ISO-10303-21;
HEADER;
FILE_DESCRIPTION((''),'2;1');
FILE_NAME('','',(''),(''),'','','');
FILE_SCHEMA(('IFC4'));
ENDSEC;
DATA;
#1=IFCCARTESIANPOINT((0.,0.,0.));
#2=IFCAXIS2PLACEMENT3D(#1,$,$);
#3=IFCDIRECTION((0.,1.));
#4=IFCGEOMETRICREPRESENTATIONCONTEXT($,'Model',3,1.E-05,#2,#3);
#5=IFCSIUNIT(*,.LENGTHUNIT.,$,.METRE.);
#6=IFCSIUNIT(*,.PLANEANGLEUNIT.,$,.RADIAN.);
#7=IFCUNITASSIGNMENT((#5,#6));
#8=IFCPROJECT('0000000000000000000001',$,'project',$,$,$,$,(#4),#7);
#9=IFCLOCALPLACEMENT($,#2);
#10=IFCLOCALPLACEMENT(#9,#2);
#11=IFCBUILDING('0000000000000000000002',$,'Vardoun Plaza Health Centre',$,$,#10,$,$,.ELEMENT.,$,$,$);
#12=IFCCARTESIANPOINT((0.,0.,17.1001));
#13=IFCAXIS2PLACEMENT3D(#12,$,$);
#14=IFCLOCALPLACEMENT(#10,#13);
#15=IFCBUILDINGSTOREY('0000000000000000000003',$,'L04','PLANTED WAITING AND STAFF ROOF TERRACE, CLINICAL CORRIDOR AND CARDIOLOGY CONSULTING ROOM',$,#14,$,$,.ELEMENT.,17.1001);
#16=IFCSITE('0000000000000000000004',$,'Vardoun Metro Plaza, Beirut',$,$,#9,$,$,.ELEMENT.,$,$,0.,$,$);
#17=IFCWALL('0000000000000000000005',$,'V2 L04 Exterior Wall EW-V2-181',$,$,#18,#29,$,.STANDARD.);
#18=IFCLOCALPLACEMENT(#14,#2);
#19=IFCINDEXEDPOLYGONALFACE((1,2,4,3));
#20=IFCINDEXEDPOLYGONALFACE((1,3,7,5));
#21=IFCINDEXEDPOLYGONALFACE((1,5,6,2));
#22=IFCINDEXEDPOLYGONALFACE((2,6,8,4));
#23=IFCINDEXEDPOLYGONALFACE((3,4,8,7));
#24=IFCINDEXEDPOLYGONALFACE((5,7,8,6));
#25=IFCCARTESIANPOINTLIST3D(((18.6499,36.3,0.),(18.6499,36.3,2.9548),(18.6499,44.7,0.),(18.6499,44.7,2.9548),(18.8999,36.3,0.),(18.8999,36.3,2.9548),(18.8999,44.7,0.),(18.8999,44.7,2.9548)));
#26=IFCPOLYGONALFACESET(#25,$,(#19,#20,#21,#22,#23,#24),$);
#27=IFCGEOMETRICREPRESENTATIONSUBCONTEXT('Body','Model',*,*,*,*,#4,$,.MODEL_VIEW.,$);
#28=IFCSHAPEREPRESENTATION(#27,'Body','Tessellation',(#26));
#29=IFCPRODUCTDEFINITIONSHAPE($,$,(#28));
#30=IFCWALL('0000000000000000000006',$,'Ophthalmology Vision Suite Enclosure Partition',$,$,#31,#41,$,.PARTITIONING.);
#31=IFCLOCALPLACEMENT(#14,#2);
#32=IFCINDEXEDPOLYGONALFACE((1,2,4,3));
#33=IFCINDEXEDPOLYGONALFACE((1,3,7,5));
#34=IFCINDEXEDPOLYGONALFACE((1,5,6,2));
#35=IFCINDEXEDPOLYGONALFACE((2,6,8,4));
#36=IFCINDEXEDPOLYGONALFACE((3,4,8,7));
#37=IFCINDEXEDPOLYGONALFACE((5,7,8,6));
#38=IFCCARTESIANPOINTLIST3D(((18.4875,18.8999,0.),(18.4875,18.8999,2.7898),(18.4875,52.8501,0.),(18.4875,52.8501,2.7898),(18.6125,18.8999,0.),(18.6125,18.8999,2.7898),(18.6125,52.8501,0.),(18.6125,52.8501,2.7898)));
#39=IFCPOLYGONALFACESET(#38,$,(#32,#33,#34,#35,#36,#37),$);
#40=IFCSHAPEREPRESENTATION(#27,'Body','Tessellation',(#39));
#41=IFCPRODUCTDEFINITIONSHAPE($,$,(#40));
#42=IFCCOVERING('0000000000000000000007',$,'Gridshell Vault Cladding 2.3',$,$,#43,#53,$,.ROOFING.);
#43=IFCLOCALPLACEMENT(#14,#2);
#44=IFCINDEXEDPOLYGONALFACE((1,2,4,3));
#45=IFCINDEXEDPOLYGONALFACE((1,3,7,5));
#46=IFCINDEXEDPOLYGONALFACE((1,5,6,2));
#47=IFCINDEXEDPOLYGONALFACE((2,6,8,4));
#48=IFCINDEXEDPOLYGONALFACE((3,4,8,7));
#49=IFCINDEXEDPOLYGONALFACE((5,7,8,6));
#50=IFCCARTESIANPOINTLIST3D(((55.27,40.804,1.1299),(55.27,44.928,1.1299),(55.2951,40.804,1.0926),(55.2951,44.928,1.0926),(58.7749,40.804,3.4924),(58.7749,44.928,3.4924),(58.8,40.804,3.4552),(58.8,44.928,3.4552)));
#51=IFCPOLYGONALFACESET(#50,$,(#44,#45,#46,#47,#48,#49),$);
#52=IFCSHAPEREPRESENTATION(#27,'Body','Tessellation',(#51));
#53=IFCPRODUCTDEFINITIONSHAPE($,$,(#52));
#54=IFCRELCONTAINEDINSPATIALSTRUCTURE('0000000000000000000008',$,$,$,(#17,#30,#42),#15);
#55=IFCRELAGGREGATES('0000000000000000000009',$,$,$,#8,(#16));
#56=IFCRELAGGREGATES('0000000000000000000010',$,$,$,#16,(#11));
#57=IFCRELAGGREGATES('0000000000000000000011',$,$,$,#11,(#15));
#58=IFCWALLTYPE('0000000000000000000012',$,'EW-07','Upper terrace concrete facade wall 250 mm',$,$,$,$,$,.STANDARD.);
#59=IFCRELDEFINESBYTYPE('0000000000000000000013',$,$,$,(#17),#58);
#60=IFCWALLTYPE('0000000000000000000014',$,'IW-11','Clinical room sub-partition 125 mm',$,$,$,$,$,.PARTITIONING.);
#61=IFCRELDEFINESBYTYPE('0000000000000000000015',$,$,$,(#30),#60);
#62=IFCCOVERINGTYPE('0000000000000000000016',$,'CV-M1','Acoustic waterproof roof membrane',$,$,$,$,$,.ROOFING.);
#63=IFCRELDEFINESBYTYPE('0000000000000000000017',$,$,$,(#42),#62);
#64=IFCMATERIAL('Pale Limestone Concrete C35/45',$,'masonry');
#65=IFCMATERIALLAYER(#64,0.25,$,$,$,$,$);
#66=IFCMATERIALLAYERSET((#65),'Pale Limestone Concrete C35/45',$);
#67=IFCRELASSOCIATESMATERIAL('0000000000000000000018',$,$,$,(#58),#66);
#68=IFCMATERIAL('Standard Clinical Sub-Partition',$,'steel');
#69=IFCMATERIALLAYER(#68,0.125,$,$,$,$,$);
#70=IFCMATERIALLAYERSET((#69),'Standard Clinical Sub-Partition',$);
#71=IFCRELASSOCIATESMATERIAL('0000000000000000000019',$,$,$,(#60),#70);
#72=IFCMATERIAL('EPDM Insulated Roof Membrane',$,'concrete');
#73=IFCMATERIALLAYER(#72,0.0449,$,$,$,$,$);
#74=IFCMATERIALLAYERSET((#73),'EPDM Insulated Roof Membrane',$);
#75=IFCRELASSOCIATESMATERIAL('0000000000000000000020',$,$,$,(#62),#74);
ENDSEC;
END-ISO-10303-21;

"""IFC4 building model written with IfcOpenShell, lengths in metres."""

from ifc_helpers import new_model, si_unit, direction, frame, frame_2d, origin, place, context, subcontext, project, spatial, polyline, rectangle, outline, extrude, material, layer, layer_set, type_object, element, save


model = new_model("IFC4")

# Units and contexts
model_context = context("Model", 3, precision=1e-05, world=origin(), true_north=direction((0.0, 1.0)))
body_context = subcontext(model_context, "Body", "Model", "MODEL_VIEW")
ifc_project = project(units=[si_unit("LENGTHUNIT", "METRE"), si_unit("PLANEANGLEUNIT", "RADIAN")], contexts=[model_context])

# Site, building, storey
site_placement = place(None, origin())
site = spatial("IfcSite", under=ifc_project, at=site_placement, Name="Vardoun Metro Plaza, Beirut", CompositionType="ELEMENT", RefElevation=0.0)
building_placement = place(site_placement, origin())
building = spatial("IfcBuilding", under=site, at=building_placement, Name="Vardoun Plaza Health Centre", CompositionType="ELEMENT")
storey_placement = place(building_placement, frame((0.0, 0.0, 17.1001)))
storey = spatial("IfcBuildingStorey", under=building, at=storey_placement, Name="L04", Description="PLANTED WAITING AND STAFF ROOF TERRACE, CLINICAL CORRIDOR AND CARDIOLOGY CONSULTING ROOM", CompositionType="ELEMENT", Elevation=17.1001)

# Walls
ifc_material_1 = material(Name="Pale Limestone Concrete C35/45", Category="masonry")
ifc_layer_1 = layer(ifc_material_1, 0.25)
ifc_layer_set_1 = layer_set([ifc_layer_1], Name="Pale Limestone Concrete C35/45")
wall_type_1 = type_object("IfcWallType", Name="EW-07", Description="Upper terrace concrete facade wall 250 mm", PredefinedType="STANDARD", material=ifc_layer_set_1)
wall_1_placement = place(storey_placement, frame((18.7749, 44.7, 0.0), z_axis=(0.0, 0.0, 1.0), x_axis=(0.0, -1.0, 0.0)))
element("IfcWall", 1, at=wall_1_placement, inside=storey, type_object=wall_type_1, Name="V2 L04 Exterior Wall EW-V2-181", PredefinedType="STANDARD", context=body_context, shape_type="SweptSolid", body=[
    extrude(rectangle(XDim=8.3999, YDim=0.25, at=frame_2d((4.2, 0.0))), origin(), (0.0, 0.0, 1.0), 2.9548),
])
ifc_material_2 = material(Name="Standard Clinical Sub-Partition", Category="steel")
ifc_layer_2 = layer(ifc_material_2, 0.125)
ifc_layer_set_2 = layer_set([ifc_layer_2], Name="Standard Clinical Sub-Partition")
wall_type_2 = type_object("IfcWallType", Name="IW-11", Description="Clinical room sub-partition 125 mm", PredefinedType="PARTITIONING", material=ifc_layer_set_2)
wall_2_placement = place(storey_placement, frame((18.55, 52.8501, 0.0), z_axis=(0.0, 0.0, 1.0), x_axis=(0.0, -1.0, 0.0)))
element("IfcWall", 2, at=wall_2_placement, inside=storey, type_object=wall_type_2, Name="Ophthalmology Vision Suite Enclosure Partition", PredefinedType="PARTITIONING", context=body_context, shape_type="SweptSolid", body=[
    extrude(rectangle(XDim=33.9502, YDim=0.125, at=frame_2d((16.9751, 0.0))), origin(), (0.0, 0.0, 1.0), 2.7898),
])

# Covering
ifc_material_3 = material(Name="EPDM Insulated Roof Membrane", Category="concrete")
ifc_layer_3 = layer(ifc_material_3, 0.0449)
ifc_layer_set_3 = layer_set([ifc_layer_3], Name="EPDM Insulated Roof Membrane")
covering_type = type_object("IfcCoveringType", Name="CV-M1", Description="Acoustic waterproof roof membrane", PredefinedType="ROOFING", material=ifc_layer_set_3)
covering_placement = place(storey_placement, frame((55.27, 40.804, 1.1299), z_axis=(-0.558945, 0.0, 0.829205), x_axis=(0.829205, 0.0, 0.558945)))
element("IfcCovering", 3, at=covering_placement, inside=storey, type_object=covering_type, Name="Gridshell Vault Cladding 2.3", PredefinedType="ROOFING", context=body_context, shape_type="SweptSolid", body=[
    extrude(outline(polyline([(0.0, 0.0), (4.2268, 0.0), (4.2268, 4.124), (0.0, 4.124), (0.0, 0.0)])), origin(), (0.0, 0.0, -1.0), 0.0449),
])

save(model, "model.ifc")
